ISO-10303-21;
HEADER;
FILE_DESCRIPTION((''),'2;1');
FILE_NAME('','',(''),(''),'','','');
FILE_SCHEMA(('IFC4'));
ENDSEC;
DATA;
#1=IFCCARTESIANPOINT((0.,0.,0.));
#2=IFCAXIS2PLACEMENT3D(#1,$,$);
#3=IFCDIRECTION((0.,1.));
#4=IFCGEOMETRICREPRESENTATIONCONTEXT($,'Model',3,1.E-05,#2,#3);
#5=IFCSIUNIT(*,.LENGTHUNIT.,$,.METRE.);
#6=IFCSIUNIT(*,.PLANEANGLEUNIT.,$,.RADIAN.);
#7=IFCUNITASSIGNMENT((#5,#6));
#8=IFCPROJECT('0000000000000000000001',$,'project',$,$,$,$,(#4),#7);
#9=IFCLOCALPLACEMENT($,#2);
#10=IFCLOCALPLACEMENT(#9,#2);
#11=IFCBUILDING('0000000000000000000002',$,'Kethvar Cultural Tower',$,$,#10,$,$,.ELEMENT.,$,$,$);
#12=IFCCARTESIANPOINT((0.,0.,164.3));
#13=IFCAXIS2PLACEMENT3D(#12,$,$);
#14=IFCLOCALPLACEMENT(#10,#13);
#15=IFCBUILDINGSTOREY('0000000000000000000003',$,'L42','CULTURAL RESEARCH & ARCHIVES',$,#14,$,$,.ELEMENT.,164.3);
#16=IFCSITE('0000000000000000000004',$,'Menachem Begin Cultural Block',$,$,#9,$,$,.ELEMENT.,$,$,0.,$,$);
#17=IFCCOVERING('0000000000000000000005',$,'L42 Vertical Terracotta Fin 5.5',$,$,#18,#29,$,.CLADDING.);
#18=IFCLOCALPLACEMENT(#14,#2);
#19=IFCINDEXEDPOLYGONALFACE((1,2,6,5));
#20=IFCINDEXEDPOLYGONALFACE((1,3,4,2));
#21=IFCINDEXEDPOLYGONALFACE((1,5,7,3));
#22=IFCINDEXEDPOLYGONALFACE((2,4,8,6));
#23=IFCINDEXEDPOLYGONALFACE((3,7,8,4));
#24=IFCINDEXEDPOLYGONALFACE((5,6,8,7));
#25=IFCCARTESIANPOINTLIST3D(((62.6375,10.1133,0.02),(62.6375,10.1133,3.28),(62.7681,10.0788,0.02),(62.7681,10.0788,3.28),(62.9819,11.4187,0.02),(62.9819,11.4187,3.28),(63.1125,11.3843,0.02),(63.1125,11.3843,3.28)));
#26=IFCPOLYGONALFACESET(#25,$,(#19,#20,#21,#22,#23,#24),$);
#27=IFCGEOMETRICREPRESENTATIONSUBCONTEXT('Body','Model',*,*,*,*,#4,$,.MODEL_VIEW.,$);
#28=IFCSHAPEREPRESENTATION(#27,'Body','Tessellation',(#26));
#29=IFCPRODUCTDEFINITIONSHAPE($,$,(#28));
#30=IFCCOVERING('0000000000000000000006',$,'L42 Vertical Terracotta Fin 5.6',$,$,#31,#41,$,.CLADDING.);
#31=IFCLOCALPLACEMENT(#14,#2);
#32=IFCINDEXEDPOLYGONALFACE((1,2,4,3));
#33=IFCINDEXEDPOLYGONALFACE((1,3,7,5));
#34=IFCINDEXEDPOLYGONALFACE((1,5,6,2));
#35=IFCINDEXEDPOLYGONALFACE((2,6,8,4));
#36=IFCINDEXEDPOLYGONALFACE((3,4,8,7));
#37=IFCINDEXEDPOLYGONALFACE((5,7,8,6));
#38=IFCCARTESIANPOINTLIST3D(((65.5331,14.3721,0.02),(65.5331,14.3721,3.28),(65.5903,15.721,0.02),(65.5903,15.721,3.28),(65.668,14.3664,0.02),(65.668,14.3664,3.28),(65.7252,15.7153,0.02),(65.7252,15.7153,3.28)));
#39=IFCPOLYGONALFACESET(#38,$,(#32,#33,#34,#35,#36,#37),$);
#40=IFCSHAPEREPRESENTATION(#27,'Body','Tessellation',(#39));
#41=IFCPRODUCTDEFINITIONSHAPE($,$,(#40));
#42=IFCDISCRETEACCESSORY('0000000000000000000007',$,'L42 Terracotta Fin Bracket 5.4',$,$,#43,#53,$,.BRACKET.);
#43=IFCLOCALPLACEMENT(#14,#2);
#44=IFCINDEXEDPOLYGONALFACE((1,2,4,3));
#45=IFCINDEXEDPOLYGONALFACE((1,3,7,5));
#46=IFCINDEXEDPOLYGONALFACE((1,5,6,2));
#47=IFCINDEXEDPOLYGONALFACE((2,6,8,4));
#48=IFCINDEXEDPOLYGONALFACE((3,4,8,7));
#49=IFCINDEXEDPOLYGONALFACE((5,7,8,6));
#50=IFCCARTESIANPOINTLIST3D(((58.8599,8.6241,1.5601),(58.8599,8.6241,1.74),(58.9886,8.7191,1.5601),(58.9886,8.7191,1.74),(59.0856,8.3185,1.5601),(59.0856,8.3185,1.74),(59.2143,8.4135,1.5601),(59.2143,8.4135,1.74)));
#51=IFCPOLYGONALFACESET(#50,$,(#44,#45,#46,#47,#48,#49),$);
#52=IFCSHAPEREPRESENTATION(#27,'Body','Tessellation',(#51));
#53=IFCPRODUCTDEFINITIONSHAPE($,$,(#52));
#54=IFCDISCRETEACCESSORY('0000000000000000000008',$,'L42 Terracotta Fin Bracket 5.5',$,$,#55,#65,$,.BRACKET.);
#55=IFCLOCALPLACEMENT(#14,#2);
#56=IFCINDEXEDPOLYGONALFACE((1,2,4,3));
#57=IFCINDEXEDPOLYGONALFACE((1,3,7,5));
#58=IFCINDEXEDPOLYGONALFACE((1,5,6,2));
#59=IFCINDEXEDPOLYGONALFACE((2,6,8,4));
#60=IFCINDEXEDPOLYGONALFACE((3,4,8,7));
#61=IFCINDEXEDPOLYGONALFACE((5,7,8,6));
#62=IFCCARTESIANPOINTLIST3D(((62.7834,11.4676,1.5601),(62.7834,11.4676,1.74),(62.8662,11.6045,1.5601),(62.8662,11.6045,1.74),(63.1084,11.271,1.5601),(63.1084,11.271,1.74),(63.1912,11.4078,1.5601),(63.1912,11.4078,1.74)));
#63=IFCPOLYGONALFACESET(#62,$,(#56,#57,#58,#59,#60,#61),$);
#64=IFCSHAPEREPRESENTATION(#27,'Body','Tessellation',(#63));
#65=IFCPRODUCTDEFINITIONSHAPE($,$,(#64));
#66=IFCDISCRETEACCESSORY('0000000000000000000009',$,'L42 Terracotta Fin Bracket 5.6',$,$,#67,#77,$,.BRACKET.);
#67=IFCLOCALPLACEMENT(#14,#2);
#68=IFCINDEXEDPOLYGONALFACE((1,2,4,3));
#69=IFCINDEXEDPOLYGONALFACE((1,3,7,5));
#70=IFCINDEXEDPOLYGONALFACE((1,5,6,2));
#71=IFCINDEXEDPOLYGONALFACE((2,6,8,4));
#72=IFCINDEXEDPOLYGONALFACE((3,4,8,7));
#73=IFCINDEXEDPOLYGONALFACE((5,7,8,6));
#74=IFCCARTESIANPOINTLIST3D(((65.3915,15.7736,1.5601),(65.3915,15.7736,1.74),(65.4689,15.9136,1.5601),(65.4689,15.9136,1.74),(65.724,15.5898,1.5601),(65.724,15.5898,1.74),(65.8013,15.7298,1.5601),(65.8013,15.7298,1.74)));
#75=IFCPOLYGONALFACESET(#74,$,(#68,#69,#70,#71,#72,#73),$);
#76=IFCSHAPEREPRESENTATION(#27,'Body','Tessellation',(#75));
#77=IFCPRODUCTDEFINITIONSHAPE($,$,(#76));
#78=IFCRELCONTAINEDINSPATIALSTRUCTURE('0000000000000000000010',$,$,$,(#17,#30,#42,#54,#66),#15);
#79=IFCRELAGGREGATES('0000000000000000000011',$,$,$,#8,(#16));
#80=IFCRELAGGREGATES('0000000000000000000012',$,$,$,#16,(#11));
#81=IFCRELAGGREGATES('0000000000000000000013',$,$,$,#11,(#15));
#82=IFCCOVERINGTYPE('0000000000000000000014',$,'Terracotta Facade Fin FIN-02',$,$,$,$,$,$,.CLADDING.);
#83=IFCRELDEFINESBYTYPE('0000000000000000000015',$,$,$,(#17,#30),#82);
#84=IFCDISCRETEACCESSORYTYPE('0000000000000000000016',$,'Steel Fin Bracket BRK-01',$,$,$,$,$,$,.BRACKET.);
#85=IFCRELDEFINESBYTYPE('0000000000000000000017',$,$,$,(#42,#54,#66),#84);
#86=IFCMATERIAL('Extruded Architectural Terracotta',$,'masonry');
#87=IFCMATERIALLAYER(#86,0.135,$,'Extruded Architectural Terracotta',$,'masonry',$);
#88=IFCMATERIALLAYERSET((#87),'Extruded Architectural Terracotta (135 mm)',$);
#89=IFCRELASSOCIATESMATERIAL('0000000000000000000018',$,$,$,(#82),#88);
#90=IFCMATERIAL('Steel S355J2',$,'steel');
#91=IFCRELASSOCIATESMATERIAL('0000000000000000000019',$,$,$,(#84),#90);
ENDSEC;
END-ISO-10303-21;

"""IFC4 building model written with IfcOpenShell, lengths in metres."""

from ifc_helpers import new_model, si_unit, direction, frame, origin, origin_2d, place, context, subcontext, project, spatial, rectangle, extrude, source, transform, mapped, material, layer, layer_set, type_object, element, save


model = new_model("IFC4")

# Units and contexts
model_context = context("Model", 3, precision=1e-05, world=origin(), true_north=direction((0.0, 1.0)))
body_context = subcontext(model_context, "Body", "Model", "MODEL_VIEW")
ifc_project = project(units=[si_unit("LENGTHUNIT", "METRE"), si_unit("PLANEANGLEUNIT", "RADIAN")], contexts=[model_context])

# Site, building, storey
site_placement = place(None, origin())
site = spatial("IfcSite", under=ifc_project, at=site_placement, Name="Menachem Begin Cultural Block", CompositionType="ELEMENT", RefElevation=0.0)
building_placement = place(site_placement, origin())
building = spatial("IfcBuilding", under=site, at=building_placement, Name="Kethvar Cultural Tower", CompositionType="ELEMENT")
storey_placement = place(building_placement, frame((0.0, 0.0, 164.3)))
storey = spatial("IfcBuildingStorey", under=building, at=storey_placement, Name="L42", Description="CULTURAL RESEARCH & ARCHIVES", CompositionType="ELEMENT", Elevation=164.3)

# Shared definitions
ifc_material_1 = material(Name="Steel S355J2", Category="steel")

# Coverings
ifc_material_2 = material(Name="Extruded Architectural Terracotta", Category="masonry")
ifc_layer_1 = layer(ifc_material_2, 0.135, Name="Extruded Architectural Terracotta", Category="masonry")
ifc_layer_set_1 = layer_set([ifc_layer_1], Name="Extruded Architectural Terracotta (135 mm)")
covering_type = type_object("IfcCoveringType", Name="Terracotta Facade Fin FIN-02", PredefinedType="CLADDING", material=ifc_layer_set_1)
shared_shape_1 = source(origin(), body_context, "Body", "SweptSolid", [
    extrude(rectangle(XDim=1.3501, YDim=0.135, at=origin_2d()), origin(), (0.0, 0.0, 1.0), 3.26),
])
for number, where, z_axis, x_axis, name in (
    (1, (62.875, 10.7488, 0.02), (0.0, 0.0, 1.0), (-0.255108, -0.966912, 0.0), "L42 Vertical Terracotta Fin 5.5"),
    (2, (65.6292, 15.0437, 0.02), (0.0, 0.0, 1.0), (-0.042399, -0.999101, 0.0), "L42 Vertical Terracotta Fin 5.6"),
):
    element("IfcCovering", number, at=place(storey_placement, frame(where, z_axis=z_axis, x_axis=x_axis)), inside=storey, type_object=covering_type, Name=name, PredefinedType="CLADDING", context=body_context, shape_type="MappedRepresentation", body=[
        mapped(shared_shape_1, transform((0.0, 0.0, 0.0), scale=1.0)),
    ])

# Discrete accessories
discrete_accessory_type = type_object("IfcDiscreteAccessoryType", Name="Steel Fin Bracket BRK-01", PredefinedType="BRACKET", material=ifc_material_1)
shared_shape_2 = source(origin(), body_context, "Body", "SweptSolid", [
    extrude(rectangle(XDim=0.3799, YDim=0.1599, at=origin_2d()), origin(), (0.0, 0.0, 1.0), 0.1799),
])
for number, where, z_axis, x_axis, name in (
    (3, (59.0371, 8.5188, 1.5601), (0.0, 0.0, 1.0), (0.594121, -0.804376, 0.0), "L42 Terracotta Fin Bracket 5.4"),
    (4, (62.9873, 11.4377, 1.5601), (0.0, 0.0, 1.0), (0.855635, -0.517579, 0.0), "L42 Terracotta Fin Bracket 5.5"),
    (5, (65.5964, 15.7517, 1.5601), (0.0, 0.0, 1.0), (0.875127, -0.483893, 0.0), "L42 Terracotta Fin Bracket 5.6"),
):
    element("IfcDiscreteAccessory", number, at=place(storey_placement, frame(where, z_axis=z_axis, x_axis=x_axis)), inside=storey, type_object=discrete_accessory_type, Name=name, PredefinedType="BRACKET", context=body_context, shape_type="MappedRepresentation", body=[
        mapped(shared_shape_2, transform((0.0, 0.0, 0.0), scale=1.0)),
    ])

save(model, "model.ifc")
